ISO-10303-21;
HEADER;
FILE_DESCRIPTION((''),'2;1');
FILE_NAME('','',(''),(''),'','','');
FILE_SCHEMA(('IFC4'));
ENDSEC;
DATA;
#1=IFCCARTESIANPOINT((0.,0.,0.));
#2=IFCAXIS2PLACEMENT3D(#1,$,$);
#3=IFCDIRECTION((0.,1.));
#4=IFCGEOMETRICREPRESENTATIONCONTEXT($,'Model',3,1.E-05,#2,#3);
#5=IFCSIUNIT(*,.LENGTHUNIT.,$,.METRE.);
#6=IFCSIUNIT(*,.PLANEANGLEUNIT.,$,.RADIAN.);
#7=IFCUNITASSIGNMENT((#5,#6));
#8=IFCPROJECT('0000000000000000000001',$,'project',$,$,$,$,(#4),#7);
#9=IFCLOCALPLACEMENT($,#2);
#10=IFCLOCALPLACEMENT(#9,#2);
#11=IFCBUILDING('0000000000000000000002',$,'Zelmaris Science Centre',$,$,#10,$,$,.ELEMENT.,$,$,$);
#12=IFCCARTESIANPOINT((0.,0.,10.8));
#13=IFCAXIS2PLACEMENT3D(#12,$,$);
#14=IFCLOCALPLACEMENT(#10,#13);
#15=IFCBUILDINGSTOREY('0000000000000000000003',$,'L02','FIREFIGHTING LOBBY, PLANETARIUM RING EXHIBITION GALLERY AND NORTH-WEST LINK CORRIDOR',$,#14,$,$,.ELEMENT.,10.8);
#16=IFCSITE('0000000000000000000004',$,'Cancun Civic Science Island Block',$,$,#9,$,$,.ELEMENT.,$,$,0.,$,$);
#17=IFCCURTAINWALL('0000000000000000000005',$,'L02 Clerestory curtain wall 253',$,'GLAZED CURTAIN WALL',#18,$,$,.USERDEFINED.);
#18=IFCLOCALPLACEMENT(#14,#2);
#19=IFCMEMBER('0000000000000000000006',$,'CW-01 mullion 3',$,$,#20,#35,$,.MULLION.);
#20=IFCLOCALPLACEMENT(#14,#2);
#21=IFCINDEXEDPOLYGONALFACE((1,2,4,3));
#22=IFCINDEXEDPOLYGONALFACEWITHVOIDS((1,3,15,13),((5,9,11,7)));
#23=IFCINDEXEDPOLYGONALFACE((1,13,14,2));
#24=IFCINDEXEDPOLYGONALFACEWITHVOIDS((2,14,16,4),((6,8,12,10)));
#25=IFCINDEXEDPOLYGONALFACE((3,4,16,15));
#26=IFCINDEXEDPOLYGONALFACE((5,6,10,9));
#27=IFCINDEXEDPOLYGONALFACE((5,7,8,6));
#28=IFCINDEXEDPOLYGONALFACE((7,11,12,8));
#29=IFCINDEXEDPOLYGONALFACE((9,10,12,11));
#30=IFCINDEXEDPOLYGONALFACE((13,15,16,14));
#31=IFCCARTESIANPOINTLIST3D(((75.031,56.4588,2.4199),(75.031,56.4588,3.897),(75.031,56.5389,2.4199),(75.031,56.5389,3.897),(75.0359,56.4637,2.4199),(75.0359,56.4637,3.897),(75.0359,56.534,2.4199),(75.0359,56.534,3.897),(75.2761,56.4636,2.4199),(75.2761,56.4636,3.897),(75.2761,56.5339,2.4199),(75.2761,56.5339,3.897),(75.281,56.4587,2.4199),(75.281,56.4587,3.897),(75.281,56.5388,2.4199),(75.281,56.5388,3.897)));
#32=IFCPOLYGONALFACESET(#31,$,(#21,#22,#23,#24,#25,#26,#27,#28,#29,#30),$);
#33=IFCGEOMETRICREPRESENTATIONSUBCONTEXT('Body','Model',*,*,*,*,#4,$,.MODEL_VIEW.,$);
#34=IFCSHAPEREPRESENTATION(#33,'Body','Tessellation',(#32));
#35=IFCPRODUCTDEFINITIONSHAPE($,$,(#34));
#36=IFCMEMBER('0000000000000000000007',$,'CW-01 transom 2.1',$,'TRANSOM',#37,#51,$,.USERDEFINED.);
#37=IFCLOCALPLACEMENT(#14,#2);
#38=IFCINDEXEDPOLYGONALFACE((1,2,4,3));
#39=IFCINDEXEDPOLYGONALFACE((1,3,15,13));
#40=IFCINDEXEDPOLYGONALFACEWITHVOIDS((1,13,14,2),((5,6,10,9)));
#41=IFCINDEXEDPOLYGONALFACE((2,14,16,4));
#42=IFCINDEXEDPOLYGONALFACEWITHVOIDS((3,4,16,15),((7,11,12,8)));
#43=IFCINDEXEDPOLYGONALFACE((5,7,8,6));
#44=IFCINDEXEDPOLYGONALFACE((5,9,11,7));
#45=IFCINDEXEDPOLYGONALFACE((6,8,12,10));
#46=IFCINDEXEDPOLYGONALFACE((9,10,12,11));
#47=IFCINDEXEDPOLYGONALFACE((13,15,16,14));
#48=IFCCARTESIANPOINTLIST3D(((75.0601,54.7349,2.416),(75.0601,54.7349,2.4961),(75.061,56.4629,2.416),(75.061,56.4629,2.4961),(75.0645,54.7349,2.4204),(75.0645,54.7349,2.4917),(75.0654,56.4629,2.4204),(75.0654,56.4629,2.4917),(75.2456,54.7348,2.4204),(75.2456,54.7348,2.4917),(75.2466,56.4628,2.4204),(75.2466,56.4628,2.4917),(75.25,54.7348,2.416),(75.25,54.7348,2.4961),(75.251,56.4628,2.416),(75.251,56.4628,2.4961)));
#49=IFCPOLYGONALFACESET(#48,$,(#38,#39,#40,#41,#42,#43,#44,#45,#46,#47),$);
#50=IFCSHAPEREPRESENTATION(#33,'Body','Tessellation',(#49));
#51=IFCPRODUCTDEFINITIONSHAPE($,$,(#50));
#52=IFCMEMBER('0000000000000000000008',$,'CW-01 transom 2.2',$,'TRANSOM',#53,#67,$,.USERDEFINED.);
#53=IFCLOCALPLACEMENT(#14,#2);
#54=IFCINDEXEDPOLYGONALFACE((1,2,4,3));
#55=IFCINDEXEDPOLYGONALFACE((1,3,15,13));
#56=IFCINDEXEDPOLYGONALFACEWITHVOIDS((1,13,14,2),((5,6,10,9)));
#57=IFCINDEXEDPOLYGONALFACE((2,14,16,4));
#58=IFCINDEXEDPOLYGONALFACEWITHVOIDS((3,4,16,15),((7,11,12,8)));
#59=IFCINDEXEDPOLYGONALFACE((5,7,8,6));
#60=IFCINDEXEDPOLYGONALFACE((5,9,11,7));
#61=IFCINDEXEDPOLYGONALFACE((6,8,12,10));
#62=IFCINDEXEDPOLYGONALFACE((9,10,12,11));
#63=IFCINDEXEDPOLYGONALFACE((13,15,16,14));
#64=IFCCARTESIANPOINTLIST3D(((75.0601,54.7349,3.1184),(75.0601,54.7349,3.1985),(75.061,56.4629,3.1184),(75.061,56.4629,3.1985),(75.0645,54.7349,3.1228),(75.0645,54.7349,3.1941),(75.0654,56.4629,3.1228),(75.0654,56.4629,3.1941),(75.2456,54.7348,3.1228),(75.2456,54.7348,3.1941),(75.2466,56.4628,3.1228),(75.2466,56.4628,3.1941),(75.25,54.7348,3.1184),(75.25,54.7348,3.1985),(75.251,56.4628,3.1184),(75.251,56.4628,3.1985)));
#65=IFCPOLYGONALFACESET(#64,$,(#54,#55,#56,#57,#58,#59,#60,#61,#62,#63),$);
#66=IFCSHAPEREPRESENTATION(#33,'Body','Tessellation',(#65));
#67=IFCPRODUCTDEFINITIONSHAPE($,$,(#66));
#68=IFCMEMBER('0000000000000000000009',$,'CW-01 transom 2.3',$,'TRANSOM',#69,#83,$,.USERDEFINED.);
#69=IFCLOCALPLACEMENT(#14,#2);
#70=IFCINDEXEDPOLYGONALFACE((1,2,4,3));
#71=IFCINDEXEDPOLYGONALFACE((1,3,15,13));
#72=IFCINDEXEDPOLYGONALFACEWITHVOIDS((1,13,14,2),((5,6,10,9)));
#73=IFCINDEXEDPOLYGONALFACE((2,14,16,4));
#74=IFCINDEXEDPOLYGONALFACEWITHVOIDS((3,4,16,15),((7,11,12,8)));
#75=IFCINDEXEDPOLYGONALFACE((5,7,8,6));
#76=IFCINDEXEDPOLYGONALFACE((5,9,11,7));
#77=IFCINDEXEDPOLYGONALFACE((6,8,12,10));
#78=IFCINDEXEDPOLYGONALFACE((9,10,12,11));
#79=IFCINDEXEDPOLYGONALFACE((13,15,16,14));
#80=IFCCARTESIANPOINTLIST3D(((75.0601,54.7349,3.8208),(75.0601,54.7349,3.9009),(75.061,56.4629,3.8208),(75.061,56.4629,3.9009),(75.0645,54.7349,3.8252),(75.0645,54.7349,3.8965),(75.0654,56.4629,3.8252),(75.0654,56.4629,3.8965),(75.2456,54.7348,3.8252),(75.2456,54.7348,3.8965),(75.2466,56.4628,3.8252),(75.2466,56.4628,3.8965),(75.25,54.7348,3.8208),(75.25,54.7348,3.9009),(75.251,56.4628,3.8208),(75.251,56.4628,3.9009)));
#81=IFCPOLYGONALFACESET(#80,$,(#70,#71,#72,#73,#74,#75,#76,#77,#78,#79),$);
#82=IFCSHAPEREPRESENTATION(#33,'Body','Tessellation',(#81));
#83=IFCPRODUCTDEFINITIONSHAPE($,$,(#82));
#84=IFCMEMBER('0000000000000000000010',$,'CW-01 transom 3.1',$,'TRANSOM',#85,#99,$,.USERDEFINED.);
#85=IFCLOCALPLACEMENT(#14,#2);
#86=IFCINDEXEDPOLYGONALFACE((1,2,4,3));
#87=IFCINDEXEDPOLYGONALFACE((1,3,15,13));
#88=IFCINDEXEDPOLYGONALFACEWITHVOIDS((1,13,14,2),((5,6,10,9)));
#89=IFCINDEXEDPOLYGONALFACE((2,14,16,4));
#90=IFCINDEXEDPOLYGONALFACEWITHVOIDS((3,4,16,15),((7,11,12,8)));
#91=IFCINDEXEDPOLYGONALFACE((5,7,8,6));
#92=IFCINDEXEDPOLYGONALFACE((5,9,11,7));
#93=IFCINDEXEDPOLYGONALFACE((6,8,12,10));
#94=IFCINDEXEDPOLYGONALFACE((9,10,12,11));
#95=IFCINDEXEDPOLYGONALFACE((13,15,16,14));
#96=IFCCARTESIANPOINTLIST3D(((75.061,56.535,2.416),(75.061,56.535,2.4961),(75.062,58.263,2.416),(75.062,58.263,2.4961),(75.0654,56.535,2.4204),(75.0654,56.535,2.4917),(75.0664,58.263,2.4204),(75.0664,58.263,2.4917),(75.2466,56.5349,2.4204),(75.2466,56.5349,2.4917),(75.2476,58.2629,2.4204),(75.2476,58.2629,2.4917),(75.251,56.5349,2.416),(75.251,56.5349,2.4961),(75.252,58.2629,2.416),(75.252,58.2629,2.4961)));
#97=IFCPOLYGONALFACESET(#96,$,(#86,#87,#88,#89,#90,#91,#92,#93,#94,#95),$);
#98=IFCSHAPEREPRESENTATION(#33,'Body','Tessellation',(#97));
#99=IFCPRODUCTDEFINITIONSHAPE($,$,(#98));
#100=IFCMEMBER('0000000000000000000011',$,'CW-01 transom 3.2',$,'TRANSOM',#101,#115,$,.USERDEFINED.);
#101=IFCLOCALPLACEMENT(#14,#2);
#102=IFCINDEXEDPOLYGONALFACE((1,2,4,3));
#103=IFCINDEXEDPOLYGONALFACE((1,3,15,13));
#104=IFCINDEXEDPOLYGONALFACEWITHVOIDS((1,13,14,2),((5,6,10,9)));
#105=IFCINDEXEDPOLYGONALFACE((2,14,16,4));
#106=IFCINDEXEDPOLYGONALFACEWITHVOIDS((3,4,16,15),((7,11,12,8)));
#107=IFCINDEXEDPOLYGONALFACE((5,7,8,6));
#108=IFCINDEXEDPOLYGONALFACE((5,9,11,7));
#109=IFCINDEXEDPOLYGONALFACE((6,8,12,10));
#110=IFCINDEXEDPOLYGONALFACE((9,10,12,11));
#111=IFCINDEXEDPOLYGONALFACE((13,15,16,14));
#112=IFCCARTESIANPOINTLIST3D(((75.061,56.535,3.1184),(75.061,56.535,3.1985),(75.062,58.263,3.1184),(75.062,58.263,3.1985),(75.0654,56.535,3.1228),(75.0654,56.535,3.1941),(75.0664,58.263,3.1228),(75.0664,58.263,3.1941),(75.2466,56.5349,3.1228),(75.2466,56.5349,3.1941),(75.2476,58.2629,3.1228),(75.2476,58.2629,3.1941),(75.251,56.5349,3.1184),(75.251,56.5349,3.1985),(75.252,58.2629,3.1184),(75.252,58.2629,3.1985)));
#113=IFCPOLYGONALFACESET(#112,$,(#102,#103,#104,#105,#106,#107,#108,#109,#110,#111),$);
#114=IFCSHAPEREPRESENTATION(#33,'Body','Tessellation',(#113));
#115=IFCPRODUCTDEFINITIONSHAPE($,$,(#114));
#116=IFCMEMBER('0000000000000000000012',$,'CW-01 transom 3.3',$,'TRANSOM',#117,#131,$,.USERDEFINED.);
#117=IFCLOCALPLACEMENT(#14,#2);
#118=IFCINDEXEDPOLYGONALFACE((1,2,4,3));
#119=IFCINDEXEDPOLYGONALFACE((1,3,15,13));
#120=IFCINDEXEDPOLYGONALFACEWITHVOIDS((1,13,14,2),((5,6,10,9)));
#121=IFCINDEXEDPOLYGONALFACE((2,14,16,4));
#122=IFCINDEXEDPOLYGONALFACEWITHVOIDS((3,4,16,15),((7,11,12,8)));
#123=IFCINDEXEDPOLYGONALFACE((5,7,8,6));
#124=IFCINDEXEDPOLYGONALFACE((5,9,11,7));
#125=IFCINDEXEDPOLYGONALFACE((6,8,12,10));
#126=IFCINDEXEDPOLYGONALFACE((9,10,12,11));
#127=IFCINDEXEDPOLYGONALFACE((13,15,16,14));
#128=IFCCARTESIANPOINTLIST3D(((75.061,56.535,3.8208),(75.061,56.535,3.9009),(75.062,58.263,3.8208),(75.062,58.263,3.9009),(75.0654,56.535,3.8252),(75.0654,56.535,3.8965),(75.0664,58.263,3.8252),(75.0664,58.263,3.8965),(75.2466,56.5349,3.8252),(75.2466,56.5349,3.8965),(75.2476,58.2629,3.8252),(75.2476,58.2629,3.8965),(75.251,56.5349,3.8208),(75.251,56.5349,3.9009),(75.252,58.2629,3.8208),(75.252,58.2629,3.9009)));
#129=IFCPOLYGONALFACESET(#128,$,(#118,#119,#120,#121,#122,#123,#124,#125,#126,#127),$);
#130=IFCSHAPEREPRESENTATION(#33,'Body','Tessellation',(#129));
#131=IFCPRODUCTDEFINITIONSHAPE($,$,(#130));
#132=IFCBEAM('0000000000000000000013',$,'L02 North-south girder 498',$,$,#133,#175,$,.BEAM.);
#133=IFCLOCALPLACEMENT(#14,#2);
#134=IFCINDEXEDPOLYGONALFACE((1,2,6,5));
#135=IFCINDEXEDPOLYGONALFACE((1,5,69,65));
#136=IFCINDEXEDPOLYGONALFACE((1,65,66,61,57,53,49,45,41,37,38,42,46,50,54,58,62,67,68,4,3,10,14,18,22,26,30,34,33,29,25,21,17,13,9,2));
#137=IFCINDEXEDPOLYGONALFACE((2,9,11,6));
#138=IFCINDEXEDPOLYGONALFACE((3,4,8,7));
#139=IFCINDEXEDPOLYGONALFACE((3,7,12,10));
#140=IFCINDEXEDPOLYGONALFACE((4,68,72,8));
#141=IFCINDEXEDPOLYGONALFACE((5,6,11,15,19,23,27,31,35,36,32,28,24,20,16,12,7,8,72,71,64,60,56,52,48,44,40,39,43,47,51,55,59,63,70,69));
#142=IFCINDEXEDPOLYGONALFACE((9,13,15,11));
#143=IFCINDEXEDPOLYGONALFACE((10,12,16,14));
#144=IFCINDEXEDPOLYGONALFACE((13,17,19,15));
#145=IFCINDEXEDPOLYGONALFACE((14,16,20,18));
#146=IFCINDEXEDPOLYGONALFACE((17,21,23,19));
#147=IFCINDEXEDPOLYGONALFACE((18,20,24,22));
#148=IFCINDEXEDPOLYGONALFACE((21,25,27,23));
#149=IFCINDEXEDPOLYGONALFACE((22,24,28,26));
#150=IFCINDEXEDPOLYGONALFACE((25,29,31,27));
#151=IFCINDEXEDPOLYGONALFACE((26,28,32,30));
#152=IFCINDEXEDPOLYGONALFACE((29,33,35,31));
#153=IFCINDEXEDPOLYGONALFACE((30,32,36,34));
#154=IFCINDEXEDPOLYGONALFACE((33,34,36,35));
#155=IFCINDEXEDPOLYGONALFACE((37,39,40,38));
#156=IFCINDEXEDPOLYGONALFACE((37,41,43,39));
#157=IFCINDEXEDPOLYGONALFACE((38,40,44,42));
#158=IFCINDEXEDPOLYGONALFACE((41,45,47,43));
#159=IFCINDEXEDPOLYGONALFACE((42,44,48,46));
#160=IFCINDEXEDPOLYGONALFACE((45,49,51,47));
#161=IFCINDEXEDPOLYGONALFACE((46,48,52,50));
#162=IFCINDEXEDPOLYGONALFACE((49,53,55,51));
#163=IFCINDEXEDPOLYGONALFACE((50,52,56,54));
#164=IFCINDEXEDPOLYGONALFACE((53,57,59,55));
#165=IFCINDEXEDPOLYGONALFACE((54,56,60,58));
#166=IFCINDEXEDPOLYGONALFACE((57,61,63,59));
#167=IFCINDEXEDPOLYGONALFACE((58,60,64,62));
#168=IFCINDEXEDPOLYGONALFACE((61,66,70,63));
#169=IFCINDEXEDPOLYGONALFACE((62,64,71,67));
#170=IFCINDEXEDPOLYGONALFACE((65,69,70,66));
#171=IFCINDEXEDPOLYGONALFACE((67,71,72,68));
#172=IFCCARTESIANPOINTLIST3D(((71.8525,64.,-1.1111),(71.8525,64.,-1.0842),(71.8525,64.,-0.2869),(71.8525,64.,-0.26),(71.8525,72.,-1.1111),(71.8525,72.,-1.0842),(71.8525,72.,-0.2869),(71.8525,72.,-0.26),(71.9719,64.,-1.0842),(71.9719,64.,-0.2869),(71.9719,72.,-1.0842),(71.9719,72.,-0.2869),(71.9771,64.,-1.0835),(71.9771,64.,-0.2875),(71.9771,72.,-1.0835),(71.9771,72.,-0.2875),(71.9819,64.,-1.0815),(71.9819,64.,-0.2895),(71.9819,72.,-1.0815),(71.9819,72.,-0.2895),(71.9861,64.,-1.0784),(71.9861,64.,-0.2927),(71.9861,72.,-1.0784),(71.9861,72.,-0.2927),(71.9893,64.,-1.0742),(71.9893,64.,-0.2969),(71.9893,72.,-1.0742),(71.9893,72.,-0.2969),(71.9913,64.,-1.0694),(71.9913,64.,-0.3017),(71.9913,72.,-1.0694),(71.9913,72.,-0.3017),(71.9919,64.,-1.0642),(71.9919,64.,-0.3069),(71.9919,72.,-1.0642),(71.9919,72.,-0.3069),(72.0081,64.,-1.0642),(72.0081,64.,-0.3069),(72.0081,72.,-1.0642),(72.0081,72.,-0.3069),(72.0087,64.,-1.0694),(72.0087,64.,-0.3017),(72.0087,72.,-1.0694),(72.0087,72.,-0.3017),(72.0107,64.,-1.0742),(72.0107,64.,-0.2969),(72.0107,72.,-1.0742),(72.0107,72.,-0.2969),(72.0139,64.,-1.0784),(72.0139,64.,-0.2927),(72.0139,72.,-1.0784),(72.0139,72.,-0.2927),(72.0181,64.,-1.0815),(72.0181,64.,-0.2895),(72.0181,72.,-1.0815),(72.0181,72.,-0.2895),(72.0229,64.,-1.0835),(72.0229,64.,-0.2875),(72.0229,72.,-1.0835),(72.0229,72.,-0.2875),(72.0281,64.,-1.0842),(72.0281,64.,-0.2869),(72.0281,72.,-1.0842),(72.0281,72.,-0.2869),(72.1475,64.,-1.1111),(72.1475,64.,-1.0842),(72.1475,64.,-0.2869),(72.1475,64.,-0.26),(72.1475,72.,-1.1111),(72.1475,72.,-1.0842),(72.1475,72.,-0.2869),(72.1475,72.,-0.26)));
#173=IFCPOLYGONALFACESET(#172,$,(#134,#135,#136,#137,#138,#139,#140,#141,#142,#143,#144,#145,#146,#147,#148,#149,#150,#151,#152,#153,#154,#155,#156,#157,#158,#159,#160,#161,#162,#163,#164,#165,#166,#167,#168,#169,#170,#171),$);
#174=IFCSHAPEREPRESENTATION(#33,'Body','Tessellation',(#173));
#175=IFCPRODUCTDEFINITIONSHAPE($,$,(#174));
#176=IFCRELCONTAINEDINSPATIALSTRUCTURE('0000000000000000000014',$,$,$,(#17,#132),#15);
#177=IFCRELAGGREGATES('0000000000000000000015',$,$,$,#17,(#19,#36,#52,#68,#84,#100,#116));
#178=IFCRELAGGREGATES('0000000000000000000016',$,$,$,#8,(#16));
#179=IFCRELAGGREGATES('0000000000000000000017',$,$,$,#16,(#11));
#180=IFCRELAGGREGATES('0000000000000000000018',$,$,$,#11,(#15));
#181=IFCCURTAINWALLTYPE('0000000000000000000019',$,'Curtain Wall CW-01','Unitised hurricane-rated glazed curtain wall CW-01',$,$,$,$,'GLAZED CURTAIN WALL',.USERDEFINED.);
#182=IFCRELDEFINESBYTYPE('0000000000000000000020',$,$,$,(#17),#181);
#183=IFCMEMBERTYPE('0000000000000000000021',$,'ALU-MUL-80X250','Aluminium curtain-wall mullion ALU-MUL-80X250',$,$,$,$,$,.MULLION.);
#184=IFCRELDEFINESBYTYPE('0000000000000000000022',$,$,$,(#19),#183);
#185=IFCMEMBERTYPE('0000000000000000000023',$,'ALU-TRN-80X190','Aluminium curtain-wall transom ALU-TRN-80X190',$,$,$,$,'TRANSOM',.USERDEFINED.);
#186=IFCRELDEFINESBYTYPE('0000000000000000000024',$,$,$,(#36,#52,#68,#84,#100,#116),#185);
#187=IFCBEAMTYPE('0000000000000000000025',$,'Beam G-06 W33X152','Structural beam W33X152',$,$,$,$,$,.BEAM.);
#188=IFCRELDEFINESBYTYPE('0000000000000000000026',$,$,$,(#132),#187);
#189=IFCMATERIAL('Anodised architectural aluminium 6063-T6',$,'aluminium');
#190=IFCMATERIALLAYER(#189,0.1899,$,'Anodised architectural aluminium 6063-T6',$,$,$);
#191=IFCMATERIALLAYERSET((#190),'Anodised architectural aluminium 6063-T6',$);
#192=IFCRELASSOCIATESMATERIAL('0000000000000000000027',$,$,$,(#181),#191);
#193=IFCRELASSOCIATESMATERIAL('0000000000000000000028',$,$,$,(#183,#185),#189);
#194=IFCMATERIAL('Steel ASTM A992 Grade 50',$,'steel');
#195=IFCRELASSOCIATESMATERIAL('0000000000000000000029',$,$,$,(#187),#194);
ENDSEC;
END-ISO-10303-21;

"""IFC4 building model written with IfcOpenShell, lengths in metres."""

from ifc_helpers import new_model, si_unit, direction, frame, origin, origin_2d, place, context, subcontext, project, spatial, hollow_rectangle, i_section, extrude, material, layer, layer_set, material_profile, profile_set, type_object, element, aggregate, save


model = new_model("IFC4")

# Units and contexts
model_context = context("Model", 3, precision=1e-05, world=origin(), true_north=direction((0.0, 1.0)))
body_context = subcontext(model_context, "Body", "Model", "MODEL_VIEW")
ifc_project = project(units=[si_unit("LENGTHUNIT", "METRE"), si_unit("PLANEANGLEUNIT", "RADIAN")], contexts=[model_context])

# Site, building, storey
site_placement = place(None, origin())
site = spatial("IfcSite", under=ifc_project, at=site_placement, Name="Cancun Civic Science Island Block", CompositionType="ELEMENT", RefElevation=0.0)
building_placement = place(site_placement, origin())
building = spatial("IfcBuilding", under=site, at=building_placement, Name="Zelmaris Science Centre", CompositionType="ELEMENT")
storey_placement = place(building_placement, frame((0.0, 0.0, 10.8)))
storey = spatial("IfcBuildingStorey", under=building, at=storey_placement, Name="L02", Description="FIREFIGHTING LOBBY, PLANETARIUM RING EXHIBITION GALLERY AND NORTH-WEST LINK CORRIDOR", CompositionType="ELEMENT", Elevation=10.8)

# Shared definitions
ifc_material_1 = material(Name="Steel ASTM A992 Grade 50", Category="steel")

# Curtain wall, members
ifc_material_2 = material(Name="Anodised architectural aluminium 6063-T6", Category="aluminium")
ifc_layer_1 = layer(ifc_material_2, 0.1899, Name="Anodised architectural aluminium 6063-T6")
ifc_layer_set_1 = layer_set([ifc_layer_1], Name="Anodised architectural aluminium 6063-T6")
curtain_wall_type = type_object("IfcCurtainWallType", Name="Curtain Wall CW-01", Description="Unitised hurricane-rated glazed curtain wall CW-01", ElementType="GLAZED CURTAIN WALL", PredefinedType="USERDEFINED", material=ifc_layer_set_1)
curtain_wall_placement = place(storey_placement, origin())
curtain_wall = element("IfcCurtainWall", 1, at=curtain_wall_placement, inside=storey, type_object=curtain_wall_type, Name="L02 Clerestory curtain wall 253", ObjectType="GLAZED CURTAIN WALL", PredefinedType="USERDEFINED")
ifc_material_profile_1 = material_profile(ifc_material_2, hollow_rectangle(XDim=0.0801, YDim=0.25, WallThickness=0.0049, at=origin_2d()), Name="ALU-MUL-80X250")
ifc_profile_set_1 = profile_set([ifc_material_profile_1], Name="Anodised architectural aluminium 6063-T6")
member_type_1 = type_object("IfcMemberType", Name="ALU-MUL-80X250", Description="Aluminium curtain-wall mullion ALU-MUL-80X250", PredefinedType="MULLION", material=ifc_profile_set_1)
member_1_placement = place(storey_placement, frame((75.156, 56.4988, 2.4199), z_axis=(0.0, 0.0, 1.0), x_axis=(0.000534, 1.0, 0.0)))
member_1 = element("IfcMember", 2, at=member_1_placement, type_object=member_type_1, Name="CW-01 mullion 3", PredefinedType="MULLION", context=body_context, shape_type="SweptSolid", body=[
    extrude(hollow_rectangle(XDim=0.0801, YDim=0.25, WallThickness=0.0049, at=origin_2d()), origin(), (0.0, 0.0, 1.0), 1.4771),
])
ifc_material_profile_2 = material_profile(ifc_material_2, hollow_rectangle(XDim=0.0801, YDim=0.1899, WallThickness=0.0044, at=origin_2d()), Name="ALU-TRN-80X190")
ifc_profile_set_2 = profile_set([ifc_material_profile_2], Name="Anodised architectural aluminium 6063-T6")
member_type_2 = type_object("IfcMemberType", Name="ALU-TRN-80X190", Description="Aluminium curtain-wall transom ALU-TRN-80X190", ElementType="TRANSOM", PredefinedType="USERDEFINED", material=ifc_profile_set_2)
member_2_placement = place(storey_placement, frame((75.155, 54.7349, 2.4561), z_axis=(0.000565, 1.0, 0.0), x_axis=(0.0, 0.0, 1.0)))
member_2 = element("IfcMember", 3, at=member_2_placement, type_object=member_type_2, Name="CW-01 transom 2.1", ObjectType="TRANSOM", PredefinedType="USERDEFINED", context=body_context, shape_type="SweptSolid", body=[
    extrude(hollow_rectangle(XDim=0.0801, YDim=0.1899, WallThickness=0.0044, at=origin_2d()), origin(), (0.0, 0.0, 1.0), 1.728),
])
member_3_placement = place(storey_placement, frame((75.155, 54.7349, 3.1584), z_axis=(0.000565, 1.0, 0.0), x_axis=(0.0, 0.0, 1.0)))
member_3 = element("IfcMember", 4, at=member_3_placement, type_object=member_type_2, Name="CW-01 transom 2.2", ObjectType="TRANSOM", PredefinedType="USERDEFINED", context=body_context, shape_type="SweptSolid", body=[
    extrude(hollow_rectangle(XDim=0.0801, YDim=0.1899, WallThickness=0.0044, at=origin_2d()), origin(), (0.0, 0.0, 1.0), 1.728),
])
member_4_placement = place(storey_placement, frame((75.155, 54.7349, 3.8608), z_axis=(0.000565, 1.0, 0.0), x_axis=(0.0, 0.0, 1.0)))
member_4 = element("IfcMember", 5, at=member_4_placement, type_object=member_type_2, Name="CW-01 transom 2.3", ObjectType="TRANSOM", PredefinedType="USERDEFINED", context=body_context, shape_type="SweptSolid", body=[
    extrude(hollow_rectangle(XDim=0.0801, YDim=0.1899, WallThickness=0.0044, at=origin_2d()), origin(), (0.0, 0.0, 1.0), 1.728),
])
member_5_placement = place(storey_placement, frame((75.156, 56.5349, 2.4561), z_axis=(0.000565, 1.0, 0.0), x_axis=(0.0, 0.0, 1.0)))
member_5 = element("IfcMember", 6, at=member_5_placement, type_object=member_type_2, Name="CW-01 transom 3.1", ObjectType="TRANSOM", PredefinedType="USERDEFINED", context=body_context, shape_type="SweptSolid", body=[
    extrude(hollow_rectangle(XDim=0.0801, YDim=0.1899, WallThickness=0.0044, at=origin_2d()), origin(), (0.0, 0.0, 1.0), 1.728),
])
member_6_placement = place(storey_placement, frame((75.156, 56.5349, 3.1584), z_axis=(0.000565, 1.0, 0.0), x_axis=(0.0, 0.0, 1.0)))
member_6 = element("IfcMember", 7, at=member_6_placement, type_object=member_type_2, Name="CW-01 transom 3.2", ObjectType="TRANSOM", PredefinedType="USERDEFINED", context=body_context, shape_type="SweptSolid", body=[
    extrude(hollow_rectangle(XDim=0.0801, YDim=0.1899, WallThickness=0.0044, at=origin_2d()), origin(), (0.0, 0.0, 1.0), 1.728),
])
member_7_placement = place(storey_placement, frame((75.156, 56.5349, 3.8608), z_axis=(0.000565, 1.0, 0.0), x_axis=(0.0, 0.0, 1.0)))
member_7 = element("IfcMember", 8, at=member_7_placement, type_object=member_type_2, Name="CW-01 transom 3.3", ObjectType="TRANSOM", PredefinedType="USERDEFINED", context=body_context, shape_type="SweptSolid", body=[
    extrude(hollow_rectangle(XDim=0.0801, YDim=0.1899, WallThickness=0.0044, at=origin_2d()), origin(), (0.0, 0.0, 1.0), 1.728),
])

# Beam
ifc_material_profile_3 = material_profile(ifc_material_1, i_section(OverallWidth=0.2949, OverallDepth=0.8511, WebThickness=0.0161, FlangeThickness=0.0269, FilletRadius=0.02, at=origin_2d()), Name="W33X152")
ifc_profile_set_3 = profile_set([ifc_material_profile_3], Name="Steel ASTM A992 Grade 50")
beam_type_1 = type_object("IfcBeamType", Name="Beam G-06 W33X152", Description="Structural beam W33X152", PredefinedType="BEAM", material=ifc_profile_set_3)
beam_1_placement = place(storey_placement, frame((72.0, 64.0, -0.6855), z_axis=(0.0, 1.0, 0.0), x_axis=(-1.0, 0.0, 0.0)))
element("IfcBeam", 9, at=beam_1_placement, inside=storey, type_object=beam_type_1, Name="L02 North-south girder 498", PredefinedType="BEAM", context=body_context, shape_type="SweptSolid", body=[
    extrude(i_section(OverallWidth=0.2949, OverallDepth=0.8511, WebThickness=0.0161, FlangeThickness=0.0269, FilletRadius=0.02, at=origin_2d()), origin(), (0.0, 0.0, 1.0), 8.0),
])

aggregate(curtain_wall, [member_1, member_2, member_3, member_4, member_5, member_6, member_7])

save(model, "model.ifc")
